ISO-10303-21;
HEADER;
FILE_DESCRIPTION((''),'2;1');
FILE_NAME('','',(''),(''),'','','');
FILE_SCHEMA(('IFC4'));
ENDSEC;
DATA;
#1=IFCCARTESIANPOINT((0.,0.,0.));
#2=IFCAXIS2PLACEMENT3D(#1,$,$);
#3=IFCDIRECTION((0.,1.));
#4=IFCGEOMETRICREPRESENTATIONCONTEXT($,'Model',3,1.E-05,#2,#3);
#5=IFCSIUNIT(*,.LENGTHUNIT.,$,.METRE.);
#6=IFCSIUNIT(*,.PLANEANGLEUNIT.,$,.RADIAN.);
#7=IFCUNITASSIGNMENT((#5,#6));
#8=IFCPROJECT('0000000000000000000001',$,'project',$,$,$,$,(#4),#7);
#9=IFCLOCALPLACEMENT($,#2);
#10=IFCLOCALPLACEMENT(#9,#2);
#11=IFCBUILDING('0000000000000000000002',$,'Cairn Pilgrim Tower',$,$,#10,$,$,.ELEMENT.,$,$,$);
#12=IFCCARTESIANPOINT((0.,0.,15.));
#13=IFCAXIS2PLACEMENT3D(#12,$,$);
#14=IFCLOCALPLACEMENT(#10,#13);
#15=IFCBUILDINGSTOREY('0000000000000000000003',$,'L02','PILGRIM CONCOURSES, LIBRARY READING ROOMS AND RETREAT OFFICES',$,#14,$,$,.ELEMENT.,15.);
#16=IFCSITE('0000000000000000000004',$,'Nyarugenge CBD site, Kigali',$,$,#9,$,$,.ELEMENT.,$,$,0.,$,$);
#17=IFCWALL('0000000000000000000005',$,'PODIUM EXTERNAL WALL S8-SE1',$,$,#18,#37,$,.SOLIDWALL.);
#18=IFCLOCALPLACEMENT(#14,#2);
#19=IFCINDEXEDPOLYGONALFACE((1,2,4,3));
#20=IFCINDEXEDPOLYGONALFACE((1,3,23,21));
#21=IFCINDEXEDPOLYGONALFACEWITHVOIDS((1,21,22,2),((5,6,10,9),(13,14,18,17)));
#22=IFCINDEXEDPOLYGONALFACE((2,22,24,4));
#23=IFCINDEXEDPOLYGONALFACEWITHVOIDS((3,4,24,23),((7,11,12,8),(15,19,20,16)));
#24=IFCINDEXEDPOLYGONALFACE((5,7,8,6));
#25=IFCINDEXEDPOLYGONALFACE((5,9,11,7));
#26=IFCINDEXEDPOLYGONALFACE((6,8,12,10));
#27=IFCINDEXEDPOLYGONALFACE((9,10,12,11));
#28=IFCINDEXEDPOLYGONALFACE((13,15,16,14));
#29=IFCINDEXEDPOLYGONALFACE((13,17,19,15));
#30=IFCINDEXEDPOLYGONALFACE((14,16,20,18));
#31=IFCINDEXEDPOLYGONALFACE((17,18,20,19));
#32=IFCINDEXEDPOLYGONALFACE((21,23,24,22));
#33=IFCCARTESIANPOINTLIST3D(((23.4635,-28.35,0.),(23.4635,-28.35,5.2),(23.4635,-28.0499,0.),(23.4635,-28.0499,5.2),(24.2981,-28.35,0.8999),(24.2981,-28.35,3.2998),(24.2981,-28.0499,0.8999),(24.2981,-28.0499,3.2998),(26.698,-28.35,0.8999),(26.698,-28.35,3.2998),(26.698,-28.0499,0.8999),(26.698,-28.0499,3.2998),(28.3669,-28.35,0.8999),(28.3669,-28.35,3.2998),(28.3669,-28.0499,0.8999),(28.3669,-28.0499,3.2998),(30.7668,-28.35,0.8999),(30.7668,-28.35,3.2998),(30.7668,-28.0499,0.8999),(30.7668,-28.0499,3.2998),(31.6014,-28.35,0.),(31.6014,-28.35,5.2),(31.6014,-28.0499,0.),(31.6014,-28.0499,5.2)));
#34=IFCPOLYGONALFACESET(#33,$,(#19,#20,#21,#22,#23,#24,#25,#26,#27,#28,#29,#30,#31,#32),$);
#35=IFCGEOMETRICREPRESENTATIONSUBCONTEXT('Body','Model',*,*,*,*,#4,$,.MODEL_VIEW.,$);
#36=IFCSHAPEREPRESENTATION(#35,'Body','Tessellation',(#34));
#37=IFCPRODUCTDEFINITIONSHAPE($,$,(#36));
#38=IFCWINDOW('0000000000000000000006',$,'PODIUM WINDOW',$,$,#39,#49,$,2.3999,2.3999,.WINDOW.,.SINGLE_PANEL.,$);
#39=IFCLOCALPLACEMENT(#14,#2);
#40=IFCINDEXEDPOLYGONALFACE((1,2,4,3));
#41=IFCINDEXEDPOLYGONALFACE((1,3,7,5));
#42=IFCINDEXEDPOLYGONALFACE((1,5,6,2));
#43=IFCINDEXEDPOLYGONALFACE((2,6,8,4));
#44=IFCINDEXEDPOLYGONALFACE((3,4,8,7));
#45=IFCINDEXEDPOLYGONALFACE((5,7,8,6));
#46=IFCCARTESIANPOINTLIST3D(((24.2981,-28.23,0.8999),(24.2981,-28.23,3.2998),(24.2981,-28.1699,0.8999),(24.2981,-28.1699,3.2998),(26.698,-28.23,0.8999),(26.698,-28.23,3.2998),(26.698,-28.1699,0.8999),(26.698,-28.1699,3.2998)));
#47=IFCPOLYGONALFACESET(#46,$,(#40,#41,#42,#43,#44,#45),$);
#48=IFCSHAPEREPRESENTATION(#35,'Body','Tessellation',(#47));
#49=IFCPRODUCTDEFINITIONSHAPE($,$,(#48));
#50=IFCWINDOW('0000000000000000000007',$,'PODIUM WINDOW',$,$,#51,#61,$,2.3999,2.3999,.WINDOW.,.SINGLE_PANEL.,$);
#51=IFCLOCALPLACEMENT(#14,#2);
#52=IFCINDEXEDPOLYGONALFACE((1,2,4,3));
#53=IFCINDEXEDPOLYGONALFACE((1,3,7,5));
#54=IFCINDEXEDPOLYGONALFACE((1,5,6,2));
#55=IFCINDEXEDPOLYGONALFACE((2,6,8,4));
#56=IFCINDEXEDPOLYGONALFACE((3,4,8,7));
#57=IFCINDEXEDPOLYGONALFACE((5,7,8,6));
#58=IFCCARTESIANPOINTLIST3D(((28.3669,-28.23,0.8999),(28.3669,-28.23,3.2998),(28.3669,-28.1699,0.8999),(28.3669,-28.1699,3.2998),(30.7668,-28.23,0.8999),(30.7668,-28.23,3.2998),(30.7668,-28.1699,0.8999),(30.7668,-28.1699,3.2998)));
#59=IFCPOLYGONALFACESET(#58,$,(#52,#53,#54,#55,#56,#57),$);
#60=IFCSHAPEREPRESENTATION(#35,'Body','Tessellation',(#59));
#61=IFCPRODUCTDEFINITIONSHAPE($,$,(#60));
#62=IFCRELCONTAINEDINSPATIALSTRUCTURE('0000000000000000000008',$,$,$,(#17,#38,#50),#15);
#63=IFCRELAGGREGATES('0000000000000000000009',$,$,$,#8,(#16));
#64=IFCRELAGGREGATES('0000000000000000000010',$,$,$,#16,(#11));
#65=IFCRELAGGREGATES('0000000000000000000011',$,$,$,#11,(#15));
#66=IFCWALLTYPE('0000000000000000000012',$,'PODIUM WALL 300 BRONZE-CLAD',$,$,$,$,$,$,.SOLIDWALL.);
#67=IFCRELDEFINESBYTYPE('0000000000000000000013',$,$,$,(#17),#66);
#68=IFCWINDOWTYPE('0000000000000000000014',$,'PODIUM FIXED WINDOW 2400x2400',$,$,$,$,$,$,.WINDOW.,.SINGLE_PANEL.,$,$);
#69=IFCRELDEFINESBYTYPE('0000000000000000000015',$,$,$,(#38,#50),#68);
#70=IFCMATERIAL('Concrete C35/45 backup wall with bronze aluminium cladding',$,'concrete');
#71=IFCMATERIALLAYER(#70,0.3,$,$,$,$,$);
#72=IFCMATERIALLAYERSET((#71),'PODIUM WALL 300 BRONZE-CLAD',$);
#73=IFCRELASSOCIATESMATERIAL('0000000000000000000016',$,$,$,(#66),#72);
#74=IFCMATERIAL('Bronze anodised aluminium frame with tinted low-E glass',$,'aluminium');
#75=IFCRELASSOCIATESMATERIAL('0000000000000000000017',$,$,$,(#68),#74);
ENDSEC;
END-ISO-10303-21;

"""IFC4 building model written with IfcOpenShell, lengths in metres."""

from ifc_helpers import new_model, si_unit, direction, frame, frame_2d, origin, place, context, subcontext, project, spatial, rectangle, extrude, material, layer, layer_set, type_object, element, fill, save


model = new_model("IFC4")

# Units and contexts
model_context = context("Model", 3, precision=1e-05, world=origin(), true_north=direction((0.0, 1.0)))
body_context = subcontext(model_context, "Body", "Model", "MODEL_VIEW")
ifc_project = project(units=[si_unit("LENGTHUNIT", "METRE"), si_unit("PLANEANGLEUNIT", "RADIAN")], contexts=[model_context])

# Site, building, storey
site_placement = place(None, origin())
site = spatial("IfcSite", under=ifc_project, at=site_placement, Name="Nyarugenge CBD site, Kigali", CompositionType="ELEMENT", RefElevation=0.0)
building_placement = place(site_placement, origin())
building = spatial("IfcBuilding", under=site, at=building_placement, Name="Cairn Pilgrim Tower", CompositionType="ELEMENT")
storey_placement = place(building_placement, frame((0.0, 0.0, 15.0)))
storey = spatial("IfcBuildingStorey", under=building, at=storey_placement, Name="L02", Description="PILGRIM CONCOURSES, LIBRARY READING ROOMS AND RETREAT OFFICES", CompositionType="ELEMENT", Elevation=15.0)

# Wall, openings, windows
ifc_material_1 = material(Name="Concrete C35/45 backup wall with bronze aluminium cladding", Category="concrete")
ifc_layer_1 = layer(ifc_material_1, 0.3)
ifc_layer_set_1 = layer_set([ifc_layer_1], Name="PODIUM WALL 300 BRONZE-CLAD")
wall_type_1 = type_object("IfcWallType", Name="PODIUM WALL 300 BRONZE-CLAD", PredefinedType="SOLIDWALL", material=ifc_layer_set_1)
ifc_material_2 = material(Name="Bronze anodised aluminium frame with tinted low-E glass", Category="aluminium")
window_type = type_object("IfcWindowType", Name="PODIUM FIXED WINDOW 2400x2400", PartitioningType="SINGLE_PANEL", PredefinedType="WINDOW", material=ifc_material_2)
wall_1_placement = place(storey_placement, frame((23.4636, -28.2, 0.0), z_axis=(0.0, 0.0, 1.0), x_axis=(1.0, 0.0, 0.0)))
wall_1 = element("IfcWall", 1, at=wall_1_placement, inside=storey, type_object=wall_type_1, Name="PODIUM EXTERNAL WALL S8-SE1", PredefinedType="SOLIDWALL", context=body_context, shape_type="SweptSolid", body=[
    extrude(rectangle(XDim=8.1379, YDim=0.3, at=frame_2d((4.0688, 0.0))), origin(), (0.0, 0.0, 1.0), 5.2),
])
opening_1_placement = place(wall_1_placement, frame((0.8345, 0.0, 0.8999)))
opening_1 = element("IfcOpeningElement", 2, at=opening_1_placement, cuts=wall_1, PredefinedType="OPENING", context=body_context, shape_type="SweptSolid", body=[
    extrude(rectangle(XDim=2.3999, YDim=2.3999, at=frame_2d((1.2, 1.2))), frame((0.0, 0.1602, 0.0), z_axis=(0.0, -1.0, 0.0), x_axis=(1.0, 0.0, 0.0)), (0.0, 0.0, 1.0), 0.3201),
])
opening_2_placement = place(wall_1_placement, frame((4.9033, 0.0, 0.8999)))
opening_2 = element("IfcOpeningElement", 3, at=opening_2_placement, cuts=wall_1, PredefinedType="OPENING", context=body_context, shape_type="SweptSolid", body=[
    extrude(rectangle(XDim=2.3999, YDim=2.3999, at=frame_2d((1.2, 1.2))), frame((0.0, 0.1602, 0.0), z_axis=(0.0, -1.0, 0.0), x_axis=(1.0, 0.0, 0.0)), (0.0, 0.0, 1.0), 0.3201),
])
window_1_placement = place(opening_1_placement, origin())
window_1 = element("IfcWindow", 4, at=window_1_placement, inside=storey, type_object=window_type, Name="PODIUM WINDOW", OverallHeight=2.3999, OverallWidth=2.3999, PartitioningType="SINGLE_PANEL", PredefinedType="WINDOW", context=body_context, shape_type="SweptSolid", body=[
    extrude(rectangle(XDim=2.3999, YDim=2.3999, at=frame_2d((1.2, 1.2))), frame((0.0, 0.03, 0.0), z_axis=(0.0, -1.0, 0.0), x_axis=(1.0, 0.0, 0.0)), (0.0, 0.0, 1.0), 0.0601),
])
fill(opening_1, window_1)
window_2_placement = place(opening_2_placement, origin())
window_2 = element("IfcWindow", 5, at=window_2_placement, inside=storey, type_object=window_type, Name="PODIUM WINDOW", OverallHeight=2.3999, OverallWidth=2.3999, PartitioningType="SINGLE_PANEL", PredefinedType="WINDOW", context=body_context, shape_type="SweptSolid", body=[
    extrude(rectangle(XDim=2.3999, YDim=2.3999, at=frame_2d((1.2, 1.2))), frame((0.0, 0.03, 0.0), z_axis=(0.0, -1.0, 0.0), x_axis=(1.0, 0.0, 0.0)), (0.0, 0.0, 1.0), 0.0601),
])
fill(opening_2, window_2)

save(model, "model.ifc")
